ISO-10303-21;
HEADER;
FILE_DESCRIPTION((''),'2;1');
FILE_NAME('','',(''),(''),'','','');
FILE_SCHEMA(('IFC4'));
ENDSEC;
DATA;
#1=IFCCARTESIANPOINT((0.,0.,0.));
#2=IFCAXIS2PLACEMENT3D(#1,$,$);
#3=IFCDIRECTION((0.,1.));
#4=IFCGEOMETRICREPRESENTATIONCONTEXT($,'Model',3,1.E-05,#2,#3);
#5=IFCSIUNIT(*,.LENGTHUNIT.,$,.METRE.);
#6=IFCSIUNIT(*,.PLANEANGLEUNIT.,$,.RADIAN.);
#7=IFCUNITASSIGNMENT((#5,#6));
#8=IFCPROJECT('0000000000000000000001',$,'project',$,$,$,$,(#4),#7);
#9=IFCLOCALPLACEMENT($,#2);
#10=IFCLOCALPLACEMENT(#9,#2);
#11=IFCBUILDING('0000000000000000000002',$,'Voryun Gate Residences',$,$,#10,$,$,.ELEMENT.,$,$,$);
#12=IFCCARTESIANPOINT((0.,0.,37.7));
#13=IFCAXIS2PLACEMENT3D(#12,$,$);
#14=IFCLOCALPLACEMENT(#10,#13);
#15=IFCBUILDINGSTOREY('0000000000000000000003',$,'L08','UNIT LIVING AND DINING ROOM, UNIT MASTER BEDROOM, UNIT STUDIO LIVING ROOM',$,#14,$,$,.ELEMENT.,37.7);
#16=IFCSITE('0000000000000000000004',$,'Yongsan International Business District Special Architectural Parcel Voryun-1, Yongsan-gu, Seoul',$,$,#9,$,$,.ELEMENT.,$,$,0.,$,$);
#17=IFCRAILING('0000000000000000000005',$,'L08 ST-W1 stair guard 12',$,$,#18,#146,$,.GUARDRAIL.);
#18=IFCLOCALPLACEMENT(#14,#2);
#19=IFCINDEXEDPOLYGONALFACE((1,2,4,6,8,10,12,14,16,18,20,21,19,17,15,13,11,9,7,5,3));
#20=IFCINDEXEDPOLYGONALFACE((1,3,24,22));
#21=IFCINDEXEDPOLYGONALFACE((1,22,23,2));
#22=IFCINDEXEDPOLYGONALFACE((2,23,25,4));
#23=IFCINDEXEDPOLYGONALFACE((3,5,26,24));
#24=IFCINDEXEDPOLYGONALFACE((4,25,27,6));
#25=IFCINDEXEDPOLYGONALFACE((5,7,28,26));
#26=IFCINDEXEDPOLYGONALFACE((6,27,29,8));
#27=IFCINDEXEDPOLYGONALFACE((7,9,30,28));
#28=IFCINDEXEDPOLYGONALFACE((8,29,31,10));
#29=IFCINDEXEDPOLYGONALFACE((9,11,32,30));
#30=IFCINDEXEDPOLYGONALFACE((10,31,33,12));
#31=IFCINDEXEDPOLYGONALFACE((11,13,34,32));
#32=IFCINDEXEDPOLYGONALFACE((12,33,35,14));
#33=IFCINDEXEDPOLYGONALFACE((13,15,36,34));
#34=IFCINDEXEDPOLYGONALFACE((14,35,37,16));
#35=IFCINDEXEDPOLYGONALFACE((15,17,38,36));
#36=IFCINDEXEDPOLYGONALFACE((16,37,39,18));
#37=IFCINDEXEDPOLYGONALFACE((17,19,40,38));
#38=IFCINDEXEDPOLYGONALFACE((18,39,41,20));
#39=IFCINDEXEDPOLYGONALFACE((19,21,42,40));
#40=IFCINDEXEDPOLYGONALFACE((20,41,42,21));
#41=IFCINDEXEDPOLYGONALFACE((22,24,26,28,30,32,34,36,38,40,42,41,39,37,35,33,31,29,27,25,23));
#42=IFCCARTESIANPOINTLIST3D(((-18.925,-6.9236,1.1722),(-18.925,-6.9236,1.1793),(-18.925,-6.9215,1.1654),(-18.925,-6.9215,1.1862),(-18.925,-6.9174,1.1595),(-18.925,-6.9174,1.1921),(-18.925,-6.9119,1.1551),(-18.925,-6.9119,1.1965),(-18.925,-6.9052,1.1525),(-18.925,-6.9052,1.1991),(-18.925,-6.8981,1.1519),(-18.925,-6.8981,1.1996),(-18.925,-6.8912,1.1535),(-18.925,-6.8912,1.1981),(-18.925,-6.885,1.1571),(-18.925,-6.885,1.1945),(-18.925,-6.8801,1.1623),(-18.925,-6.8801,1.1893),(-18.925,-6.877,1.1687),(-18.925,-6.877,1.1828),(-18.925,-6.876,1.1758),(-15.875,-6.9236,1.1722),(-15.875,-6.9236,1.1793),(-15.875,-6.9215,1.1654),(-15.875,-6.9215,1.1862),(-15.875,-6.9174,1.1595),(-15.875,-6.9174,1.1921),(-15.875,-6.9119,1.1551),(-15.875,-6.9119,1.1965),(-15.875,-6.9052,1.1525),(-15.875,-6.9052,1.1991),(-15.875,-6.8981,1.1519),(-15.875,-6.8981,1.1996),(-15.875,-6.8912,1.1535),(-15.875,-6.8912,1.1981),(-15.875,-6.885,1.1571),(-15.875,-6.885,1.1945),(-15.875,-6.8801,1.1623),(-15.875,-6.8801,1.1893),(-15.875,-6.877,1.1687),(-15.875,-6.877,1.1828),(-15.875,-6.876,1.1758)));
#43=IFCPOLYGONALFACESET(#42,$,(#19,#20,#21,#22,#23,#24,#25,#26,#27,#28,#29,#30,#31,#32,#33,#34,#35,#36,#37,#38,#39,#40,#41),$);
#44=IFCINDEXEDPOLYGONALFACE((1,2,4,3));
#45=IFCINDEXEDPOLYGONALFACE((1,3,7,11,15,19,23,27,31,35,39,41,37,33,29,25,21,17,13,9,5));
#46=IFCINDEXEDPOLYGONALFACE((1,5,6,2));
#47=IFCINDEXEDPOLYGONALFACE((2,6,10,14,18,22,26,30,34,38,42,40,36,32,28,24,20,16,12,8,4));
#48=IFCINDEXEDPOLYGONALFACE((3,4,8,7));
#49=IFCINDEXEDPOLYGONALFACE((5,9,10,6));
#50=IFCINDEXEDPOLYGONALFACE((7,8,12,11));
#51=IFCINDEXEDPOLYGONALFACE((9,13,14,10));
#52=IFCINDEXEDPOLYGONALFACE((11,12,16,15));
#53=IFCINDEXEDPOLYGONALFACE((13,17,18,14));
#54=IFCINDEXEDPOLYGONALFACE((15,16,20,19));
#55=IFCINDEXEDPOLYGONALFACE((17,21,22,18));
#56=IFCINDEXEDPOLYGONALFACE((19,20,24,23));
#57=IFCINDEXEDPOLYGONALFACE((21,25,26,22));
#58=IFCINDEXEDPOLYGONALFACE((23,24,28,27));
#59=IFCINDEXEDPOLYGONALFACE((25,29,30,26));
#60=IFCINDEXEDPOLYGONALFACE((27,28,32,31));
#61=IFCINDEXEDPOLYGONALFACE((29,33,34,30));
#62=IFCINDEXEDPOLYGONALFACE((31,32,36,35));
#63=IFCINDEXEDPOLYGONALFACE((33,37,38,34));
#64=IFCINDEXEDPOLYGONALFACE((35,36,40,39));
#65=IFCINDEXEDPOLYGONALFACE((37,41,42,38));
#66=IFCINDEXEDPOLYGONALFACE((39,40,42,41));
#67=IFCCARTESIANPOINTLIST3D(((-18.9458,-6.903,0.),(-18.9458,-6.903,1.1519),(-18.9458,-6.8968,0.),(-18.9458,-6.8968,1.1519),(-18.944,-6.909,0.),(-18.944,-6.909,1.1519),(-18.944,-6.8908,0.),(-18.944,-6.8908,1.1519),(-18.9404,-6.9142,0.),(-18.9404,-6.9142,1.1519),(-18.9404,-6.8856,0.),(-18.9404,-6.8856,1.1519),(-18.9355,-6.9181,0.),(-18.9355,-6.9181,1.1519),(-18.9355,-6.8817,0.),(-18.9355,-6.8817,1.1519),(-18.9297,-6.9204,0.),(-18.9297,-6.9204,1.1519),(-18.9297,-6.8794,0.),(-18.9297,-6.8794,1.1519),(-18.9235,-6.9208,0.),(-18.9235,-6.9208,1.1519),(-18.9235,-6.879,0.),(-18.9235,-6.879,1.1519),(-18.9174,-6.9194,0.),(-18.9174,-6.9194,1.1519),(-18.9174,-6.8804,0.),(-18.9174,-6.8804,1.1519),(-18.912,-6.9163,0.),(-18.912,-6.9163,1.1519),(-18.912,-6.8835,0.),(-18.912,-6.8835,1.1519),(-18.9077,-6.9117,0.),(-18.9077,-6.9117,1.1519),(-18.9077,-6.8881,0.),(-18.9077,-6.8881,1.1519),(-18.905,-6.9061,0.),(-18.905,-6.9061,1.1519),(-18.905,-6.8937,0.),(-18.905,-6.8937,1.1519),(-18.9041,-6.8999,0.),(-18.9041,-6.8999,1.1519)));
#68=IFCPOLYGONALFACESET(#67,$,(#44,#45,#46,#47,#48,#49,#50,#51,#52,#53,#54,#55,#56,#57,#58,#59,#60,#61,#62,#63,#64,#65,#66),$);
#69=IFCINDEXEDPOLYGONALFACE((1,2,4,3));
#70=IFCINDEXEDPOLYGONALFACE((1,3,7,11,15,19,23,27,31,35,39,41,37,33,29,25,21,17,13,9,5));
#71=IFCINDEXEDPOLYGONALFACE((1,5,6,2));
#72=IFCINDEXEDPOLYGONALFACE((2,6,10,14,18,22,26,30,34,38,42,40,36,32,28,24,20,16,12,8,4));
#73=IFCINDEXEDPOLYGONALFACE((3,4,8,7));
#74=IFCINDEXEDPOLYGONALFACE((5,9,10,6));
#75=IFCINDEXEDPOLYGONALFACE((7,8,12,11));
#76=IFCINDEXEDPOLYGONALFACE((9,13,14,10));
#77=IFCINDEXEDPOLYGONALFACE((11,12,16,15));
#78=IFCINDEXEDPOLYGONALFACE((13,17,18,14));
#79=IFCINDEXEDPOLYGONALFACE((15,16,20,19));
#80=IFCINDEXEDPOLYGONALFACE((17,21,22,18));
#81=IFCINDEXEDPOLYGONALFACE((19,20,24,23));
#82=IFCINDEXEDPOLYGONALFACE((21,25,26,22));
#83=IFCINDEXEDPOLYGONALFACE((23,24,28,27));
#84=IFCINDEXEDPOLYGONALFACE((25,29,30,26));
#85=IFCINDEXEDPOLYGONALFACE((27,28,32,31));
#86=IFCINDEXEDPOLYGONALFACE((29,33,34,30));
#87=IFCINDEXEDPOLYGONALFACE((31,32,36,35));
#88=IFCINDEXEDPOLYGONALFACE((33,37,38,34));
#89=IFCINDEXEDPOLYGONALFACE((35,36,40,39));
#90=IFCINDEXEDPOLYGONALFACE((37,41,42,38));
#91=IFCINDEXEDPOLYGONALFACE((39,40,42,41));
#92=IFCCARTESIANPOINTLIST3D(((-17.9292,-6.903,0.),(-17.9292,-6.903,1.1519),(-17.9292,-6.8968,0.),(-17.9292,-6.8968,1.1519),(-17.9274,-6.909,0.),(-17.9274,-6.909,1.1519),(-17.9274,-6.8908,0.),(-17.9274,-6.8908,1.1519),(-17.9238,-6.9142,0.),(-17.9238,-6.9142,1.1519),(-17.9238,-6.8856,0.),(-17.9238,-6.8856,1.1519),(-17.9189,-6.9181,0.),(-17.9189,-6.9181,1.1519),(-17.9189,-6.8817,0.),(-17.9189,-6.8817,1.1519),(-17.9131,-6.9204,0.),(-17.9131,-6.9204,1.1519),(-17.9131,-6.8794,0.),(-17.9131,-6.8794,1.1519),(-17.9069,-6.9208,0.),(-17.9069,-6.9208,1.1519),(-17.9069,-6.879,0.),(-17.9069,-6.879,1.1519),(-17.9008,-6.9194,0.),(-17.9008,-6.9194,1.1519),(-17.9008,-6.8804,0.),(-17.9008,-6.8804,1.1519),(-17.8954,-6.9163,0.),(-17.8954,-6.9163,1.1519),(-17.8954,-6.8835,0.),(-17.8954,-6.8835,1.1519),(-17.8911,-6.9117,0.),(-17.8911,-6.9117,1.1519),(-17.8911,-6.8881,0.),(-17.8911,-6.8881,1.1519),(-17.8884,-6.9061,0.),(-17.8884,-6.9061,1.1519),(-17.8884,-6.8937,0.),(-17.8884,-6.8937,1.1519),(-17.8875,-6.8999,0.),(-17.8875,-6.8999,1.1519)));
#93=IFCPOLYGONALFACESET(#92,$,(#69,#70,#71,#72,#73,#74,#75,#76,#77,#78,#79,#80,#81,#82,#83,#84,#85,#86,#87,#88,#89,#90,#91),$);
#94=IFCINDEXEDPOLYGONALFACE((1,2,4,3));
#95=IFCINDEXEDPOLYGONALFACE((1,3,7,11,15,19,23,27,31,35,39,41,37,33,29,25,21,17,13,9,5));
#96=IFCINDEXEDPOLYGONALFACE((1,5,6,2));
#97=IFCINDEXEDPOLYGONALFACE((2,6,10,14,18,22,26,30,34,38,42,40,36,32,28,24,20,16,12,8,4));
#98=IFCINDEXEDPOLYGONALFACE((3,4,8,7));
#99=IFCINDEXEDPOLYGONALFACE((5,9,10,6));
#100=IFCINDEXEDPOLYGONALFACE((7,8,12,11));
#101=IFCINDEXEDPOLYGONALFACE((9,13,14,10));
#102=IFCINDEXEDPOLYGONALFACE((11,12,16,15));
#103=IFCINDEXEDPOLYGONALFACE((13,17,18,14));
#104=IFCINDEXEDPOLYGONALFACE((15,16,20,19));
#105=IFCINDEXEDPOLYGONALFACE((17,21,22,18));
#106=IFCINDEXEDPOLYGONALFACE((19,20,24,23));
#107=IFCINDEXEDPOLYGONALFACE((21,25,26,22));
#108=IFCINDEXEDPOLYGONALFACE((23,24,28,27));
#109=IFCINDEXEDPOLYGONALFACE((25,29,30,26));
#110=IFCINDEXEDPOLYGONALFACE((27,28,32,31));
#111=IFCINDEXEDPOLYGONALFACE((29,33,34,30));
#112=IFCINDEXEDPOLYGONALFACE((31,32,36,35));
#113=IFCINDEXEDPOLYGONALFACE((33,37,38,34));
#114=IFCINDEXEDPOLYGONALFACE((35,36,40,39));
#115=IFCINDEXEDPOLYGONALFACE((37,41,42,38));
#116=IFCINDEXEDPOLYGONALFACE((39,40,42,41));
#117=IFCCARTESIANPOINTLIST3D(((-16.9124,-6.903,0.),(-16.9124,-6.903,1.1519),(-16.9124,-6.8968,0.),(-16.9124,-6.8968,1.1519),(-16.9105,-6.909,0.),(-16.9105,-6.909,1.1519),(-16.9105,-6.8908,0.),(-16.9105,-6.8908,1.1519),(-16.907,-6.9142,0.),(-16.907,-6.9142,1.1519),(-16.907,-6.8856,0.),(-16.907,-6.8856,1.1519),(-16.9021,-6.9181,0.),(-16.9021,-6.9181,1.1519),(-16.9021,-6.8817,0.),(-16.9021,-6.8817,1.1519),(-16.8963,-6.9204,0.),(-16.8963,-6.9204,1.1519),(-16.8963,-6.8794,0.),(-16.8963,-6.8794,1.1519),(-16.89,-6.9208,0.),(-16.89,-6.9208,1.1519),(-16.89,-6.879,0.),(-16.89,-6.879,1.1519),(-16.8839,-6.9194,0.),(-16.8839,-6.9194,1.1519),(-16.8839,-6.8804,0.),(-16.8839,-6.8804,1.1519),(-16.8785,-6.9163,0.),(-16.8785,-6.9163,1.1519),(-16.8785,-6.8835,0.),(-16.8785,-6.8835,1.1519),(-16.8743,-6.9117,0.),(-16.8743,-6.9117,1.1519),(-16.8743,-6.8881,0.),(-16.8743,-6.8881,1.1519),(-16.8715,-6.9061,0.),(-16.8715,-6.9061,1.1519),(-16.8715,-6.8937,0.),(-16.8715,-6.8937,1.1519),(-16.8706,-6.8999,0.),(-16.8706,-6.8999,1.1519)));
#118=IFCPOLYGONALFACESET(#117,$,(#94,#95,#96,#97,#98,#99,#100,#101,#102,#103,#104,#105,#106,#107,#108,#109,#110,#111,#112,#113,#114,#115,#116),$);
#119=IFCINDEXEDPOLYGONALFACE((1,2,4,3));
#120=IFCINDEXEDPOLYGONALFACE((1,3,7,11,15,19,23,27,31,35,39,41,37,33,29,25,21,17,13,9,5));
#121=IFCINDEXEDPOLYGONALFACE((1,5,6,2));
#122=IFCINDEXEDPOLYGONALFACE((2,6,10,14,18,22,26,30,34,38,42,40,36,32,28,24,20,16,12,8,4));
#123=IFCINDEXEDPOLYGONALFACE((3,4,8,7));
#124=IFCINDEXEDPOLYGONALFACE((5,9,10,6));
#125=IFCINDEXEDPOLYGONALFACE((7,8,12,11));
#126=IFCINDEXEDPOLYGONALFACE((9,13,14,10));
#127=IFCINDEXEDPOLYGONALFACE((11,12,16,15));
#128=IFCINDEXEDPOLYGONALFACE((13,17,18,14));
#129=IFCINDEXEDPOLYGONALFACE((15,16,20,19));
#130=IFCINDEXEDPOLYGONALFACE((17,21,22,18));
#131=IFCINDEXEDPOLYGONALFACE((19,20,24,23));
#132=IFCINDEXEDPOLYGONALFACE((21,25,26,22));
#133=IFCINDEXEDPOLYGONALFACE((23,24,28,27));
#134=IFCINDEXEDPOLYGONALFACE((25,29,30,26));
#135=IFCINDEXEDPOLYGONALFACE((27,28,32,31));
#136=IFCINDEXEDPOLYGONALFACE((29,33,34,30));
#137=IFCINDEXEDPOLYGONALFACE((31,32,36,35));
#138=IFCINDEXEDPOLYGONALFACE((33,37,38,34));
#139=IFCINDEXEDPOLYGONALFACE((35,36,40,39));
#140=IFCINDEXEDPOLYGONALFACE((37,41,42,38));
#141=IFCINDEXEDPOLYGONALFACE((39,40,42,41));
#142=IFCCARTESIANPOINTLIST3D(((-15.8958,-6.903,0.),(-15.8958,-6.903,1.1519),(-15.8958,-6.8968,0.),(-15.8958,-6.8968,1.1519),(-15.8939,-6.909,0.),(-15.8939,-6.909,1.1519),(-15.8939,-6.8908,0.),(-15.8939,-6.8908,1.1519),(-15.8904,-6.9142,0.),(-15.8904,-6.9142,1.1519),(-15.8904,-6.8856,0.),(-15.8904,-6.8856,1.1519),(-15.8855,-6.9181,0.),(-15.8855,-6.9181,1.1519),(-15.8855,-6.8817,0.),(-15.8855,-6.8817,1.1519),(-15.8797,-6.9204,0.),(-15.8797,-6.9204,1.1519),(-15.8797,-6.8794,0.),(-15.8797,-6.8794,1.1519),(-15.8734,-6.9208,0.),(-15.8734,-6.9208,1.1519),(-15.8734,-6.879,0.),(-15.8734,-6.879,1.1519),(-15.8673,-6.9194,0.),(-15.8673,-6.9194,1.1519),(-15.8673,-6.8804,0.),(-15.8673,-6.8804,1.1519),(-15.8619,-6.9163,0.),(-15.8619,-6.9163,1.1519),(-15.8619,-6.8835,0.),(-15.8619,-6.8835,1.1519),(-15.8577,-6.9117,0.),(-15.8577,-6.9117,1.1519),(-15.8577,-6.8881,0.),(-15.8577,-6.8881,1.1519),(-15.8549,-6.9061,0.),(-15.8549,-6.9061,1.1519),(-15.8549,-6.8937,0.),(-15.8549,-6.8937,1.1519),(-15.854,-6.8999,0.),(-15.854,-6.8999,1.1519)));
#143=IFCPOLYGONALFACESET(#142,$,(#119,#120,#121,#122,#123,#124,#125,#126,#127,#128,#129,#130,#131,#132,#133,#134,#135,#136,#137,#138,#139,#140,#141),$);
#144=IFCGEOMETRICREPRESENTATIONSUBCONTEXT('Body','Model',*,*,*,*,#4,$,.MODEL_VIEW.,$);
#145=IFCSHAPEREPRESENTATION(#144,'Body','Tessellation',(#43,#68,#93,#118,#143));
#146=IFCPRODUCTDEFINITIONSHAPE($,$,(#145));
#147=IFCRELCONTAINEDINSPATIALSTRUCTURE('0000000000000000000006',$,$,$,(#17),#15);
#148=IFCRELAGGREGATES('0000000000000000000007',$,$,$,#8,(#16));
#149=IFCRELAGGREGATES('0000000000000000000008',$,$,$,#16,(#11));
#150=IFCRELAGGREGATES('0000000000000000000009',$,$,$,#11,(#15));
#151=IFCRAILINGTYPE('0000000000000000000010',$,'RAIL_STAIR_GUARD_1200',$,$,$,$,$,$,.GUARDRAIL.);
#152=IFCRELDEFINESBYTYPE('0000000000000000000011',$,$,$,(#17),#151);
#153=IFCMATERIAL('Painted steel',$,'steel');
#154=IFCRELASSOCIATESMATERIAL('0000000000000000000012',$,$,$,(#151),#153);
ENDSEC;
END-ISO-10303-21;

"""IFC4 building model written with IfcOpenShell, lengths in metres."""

from ifc_helpers import new_model, si_unit, direction, frame, origin, origin_2d, place, context, subcontext, project, spatial, circle, extrude, material, type_object, element, save


model = new_model("IFC4")

# Units and contexts
model_context = context("Model", 3, precision=1e-05, world=origin(), true_north=direction((0.0, 1.0)))
body_context = subcontext(model_context, "Body", "Model", "MODEL_VIEW")
ifc_project = project(units=[si_unit("LENGTHUNIT", "METRE"), si_unit("PLANEANGLEUNIT", "RADIAN")], contexts=[model_context])

# Site, building, storey
site_placement = place(None, origin())
site = spatial("IfcSite", under=ifc_project, at=site_placement, Name="Yongsan International Business District Special Architectural Parcel Voryun-1, Yongsan-gu, Seoul", CompositionType="ELEMENT", RefElevation=0.0)
building_placement = place(site_placement, origin())
building = spatial("IfcBuilding", under=site, at=building_placement, Name="Voryun Gate Residences", CompositionType="ELEMENT")
storey_placement = place(building_placement, frame((0.0, 0.0, 37.7)))
storey = spatial("IfcBuildingStorey", under=building, at=storey_placement, Name="L08", Description="UNIT LIVING AND DINING ROOM, UNIT MASTER BEDROOM, UNIT STUDIO LIVING ROOM", CompositionType="ELEMENT", Elevation=37.7)

# Railing
ifc_material_1 = material(Name="Painted steel", Category="steel")
railing_type = type_object("IfcRailingType", Name="RAIL_STAIR_GUARD_1200", PredefinedType="GUARDRAIL", material=ifc_material_1)
railing_1_placement = place(storey_placement, frame((-18.925, -6.8999, 0.0)))
element("IfcRailing", 1, at=railing_1_placement, inside=storey, type_object=railing_type, Name="L08 ST-W1 stair guard 12", PredefinedType="GUARDRAIL", context=body_context, shape_type="SweptSolid", body=[
    extrude(circle(Radius=0.0239, at=origin_2d()), frame((0.0, 0.0, 1.1758), z_axis=(1.0, 0.0, 0.0), x_axis=(0.0, 1.0, 0.0)), (0.0, 0.0, 1.0), 3.05),
    extrude(circle(Radius=0.021, at=origin_2d()), origin(), (0.0, 0.0, 1.0), 1.1519),
    extrude(circle(Radius=0.021, at=origin_2d()), frame((1.0166, 0.0, 0.0)), (0.0, 0.0, 1.0), 1.1519),
    extrude(circle(Radius=0.021, at=origin_2d()), frame((2.0334, 0.0, 0.0)), (0.0, 0.0, 1.0), 1.1519),
    extrude(circle(Radius=0.021, at=origin_2d()), frame((3.05, 0.0, 0.0)), (0.0, 0.0, 1.0), 1.1519),
])

save(model, "model.ifc")
